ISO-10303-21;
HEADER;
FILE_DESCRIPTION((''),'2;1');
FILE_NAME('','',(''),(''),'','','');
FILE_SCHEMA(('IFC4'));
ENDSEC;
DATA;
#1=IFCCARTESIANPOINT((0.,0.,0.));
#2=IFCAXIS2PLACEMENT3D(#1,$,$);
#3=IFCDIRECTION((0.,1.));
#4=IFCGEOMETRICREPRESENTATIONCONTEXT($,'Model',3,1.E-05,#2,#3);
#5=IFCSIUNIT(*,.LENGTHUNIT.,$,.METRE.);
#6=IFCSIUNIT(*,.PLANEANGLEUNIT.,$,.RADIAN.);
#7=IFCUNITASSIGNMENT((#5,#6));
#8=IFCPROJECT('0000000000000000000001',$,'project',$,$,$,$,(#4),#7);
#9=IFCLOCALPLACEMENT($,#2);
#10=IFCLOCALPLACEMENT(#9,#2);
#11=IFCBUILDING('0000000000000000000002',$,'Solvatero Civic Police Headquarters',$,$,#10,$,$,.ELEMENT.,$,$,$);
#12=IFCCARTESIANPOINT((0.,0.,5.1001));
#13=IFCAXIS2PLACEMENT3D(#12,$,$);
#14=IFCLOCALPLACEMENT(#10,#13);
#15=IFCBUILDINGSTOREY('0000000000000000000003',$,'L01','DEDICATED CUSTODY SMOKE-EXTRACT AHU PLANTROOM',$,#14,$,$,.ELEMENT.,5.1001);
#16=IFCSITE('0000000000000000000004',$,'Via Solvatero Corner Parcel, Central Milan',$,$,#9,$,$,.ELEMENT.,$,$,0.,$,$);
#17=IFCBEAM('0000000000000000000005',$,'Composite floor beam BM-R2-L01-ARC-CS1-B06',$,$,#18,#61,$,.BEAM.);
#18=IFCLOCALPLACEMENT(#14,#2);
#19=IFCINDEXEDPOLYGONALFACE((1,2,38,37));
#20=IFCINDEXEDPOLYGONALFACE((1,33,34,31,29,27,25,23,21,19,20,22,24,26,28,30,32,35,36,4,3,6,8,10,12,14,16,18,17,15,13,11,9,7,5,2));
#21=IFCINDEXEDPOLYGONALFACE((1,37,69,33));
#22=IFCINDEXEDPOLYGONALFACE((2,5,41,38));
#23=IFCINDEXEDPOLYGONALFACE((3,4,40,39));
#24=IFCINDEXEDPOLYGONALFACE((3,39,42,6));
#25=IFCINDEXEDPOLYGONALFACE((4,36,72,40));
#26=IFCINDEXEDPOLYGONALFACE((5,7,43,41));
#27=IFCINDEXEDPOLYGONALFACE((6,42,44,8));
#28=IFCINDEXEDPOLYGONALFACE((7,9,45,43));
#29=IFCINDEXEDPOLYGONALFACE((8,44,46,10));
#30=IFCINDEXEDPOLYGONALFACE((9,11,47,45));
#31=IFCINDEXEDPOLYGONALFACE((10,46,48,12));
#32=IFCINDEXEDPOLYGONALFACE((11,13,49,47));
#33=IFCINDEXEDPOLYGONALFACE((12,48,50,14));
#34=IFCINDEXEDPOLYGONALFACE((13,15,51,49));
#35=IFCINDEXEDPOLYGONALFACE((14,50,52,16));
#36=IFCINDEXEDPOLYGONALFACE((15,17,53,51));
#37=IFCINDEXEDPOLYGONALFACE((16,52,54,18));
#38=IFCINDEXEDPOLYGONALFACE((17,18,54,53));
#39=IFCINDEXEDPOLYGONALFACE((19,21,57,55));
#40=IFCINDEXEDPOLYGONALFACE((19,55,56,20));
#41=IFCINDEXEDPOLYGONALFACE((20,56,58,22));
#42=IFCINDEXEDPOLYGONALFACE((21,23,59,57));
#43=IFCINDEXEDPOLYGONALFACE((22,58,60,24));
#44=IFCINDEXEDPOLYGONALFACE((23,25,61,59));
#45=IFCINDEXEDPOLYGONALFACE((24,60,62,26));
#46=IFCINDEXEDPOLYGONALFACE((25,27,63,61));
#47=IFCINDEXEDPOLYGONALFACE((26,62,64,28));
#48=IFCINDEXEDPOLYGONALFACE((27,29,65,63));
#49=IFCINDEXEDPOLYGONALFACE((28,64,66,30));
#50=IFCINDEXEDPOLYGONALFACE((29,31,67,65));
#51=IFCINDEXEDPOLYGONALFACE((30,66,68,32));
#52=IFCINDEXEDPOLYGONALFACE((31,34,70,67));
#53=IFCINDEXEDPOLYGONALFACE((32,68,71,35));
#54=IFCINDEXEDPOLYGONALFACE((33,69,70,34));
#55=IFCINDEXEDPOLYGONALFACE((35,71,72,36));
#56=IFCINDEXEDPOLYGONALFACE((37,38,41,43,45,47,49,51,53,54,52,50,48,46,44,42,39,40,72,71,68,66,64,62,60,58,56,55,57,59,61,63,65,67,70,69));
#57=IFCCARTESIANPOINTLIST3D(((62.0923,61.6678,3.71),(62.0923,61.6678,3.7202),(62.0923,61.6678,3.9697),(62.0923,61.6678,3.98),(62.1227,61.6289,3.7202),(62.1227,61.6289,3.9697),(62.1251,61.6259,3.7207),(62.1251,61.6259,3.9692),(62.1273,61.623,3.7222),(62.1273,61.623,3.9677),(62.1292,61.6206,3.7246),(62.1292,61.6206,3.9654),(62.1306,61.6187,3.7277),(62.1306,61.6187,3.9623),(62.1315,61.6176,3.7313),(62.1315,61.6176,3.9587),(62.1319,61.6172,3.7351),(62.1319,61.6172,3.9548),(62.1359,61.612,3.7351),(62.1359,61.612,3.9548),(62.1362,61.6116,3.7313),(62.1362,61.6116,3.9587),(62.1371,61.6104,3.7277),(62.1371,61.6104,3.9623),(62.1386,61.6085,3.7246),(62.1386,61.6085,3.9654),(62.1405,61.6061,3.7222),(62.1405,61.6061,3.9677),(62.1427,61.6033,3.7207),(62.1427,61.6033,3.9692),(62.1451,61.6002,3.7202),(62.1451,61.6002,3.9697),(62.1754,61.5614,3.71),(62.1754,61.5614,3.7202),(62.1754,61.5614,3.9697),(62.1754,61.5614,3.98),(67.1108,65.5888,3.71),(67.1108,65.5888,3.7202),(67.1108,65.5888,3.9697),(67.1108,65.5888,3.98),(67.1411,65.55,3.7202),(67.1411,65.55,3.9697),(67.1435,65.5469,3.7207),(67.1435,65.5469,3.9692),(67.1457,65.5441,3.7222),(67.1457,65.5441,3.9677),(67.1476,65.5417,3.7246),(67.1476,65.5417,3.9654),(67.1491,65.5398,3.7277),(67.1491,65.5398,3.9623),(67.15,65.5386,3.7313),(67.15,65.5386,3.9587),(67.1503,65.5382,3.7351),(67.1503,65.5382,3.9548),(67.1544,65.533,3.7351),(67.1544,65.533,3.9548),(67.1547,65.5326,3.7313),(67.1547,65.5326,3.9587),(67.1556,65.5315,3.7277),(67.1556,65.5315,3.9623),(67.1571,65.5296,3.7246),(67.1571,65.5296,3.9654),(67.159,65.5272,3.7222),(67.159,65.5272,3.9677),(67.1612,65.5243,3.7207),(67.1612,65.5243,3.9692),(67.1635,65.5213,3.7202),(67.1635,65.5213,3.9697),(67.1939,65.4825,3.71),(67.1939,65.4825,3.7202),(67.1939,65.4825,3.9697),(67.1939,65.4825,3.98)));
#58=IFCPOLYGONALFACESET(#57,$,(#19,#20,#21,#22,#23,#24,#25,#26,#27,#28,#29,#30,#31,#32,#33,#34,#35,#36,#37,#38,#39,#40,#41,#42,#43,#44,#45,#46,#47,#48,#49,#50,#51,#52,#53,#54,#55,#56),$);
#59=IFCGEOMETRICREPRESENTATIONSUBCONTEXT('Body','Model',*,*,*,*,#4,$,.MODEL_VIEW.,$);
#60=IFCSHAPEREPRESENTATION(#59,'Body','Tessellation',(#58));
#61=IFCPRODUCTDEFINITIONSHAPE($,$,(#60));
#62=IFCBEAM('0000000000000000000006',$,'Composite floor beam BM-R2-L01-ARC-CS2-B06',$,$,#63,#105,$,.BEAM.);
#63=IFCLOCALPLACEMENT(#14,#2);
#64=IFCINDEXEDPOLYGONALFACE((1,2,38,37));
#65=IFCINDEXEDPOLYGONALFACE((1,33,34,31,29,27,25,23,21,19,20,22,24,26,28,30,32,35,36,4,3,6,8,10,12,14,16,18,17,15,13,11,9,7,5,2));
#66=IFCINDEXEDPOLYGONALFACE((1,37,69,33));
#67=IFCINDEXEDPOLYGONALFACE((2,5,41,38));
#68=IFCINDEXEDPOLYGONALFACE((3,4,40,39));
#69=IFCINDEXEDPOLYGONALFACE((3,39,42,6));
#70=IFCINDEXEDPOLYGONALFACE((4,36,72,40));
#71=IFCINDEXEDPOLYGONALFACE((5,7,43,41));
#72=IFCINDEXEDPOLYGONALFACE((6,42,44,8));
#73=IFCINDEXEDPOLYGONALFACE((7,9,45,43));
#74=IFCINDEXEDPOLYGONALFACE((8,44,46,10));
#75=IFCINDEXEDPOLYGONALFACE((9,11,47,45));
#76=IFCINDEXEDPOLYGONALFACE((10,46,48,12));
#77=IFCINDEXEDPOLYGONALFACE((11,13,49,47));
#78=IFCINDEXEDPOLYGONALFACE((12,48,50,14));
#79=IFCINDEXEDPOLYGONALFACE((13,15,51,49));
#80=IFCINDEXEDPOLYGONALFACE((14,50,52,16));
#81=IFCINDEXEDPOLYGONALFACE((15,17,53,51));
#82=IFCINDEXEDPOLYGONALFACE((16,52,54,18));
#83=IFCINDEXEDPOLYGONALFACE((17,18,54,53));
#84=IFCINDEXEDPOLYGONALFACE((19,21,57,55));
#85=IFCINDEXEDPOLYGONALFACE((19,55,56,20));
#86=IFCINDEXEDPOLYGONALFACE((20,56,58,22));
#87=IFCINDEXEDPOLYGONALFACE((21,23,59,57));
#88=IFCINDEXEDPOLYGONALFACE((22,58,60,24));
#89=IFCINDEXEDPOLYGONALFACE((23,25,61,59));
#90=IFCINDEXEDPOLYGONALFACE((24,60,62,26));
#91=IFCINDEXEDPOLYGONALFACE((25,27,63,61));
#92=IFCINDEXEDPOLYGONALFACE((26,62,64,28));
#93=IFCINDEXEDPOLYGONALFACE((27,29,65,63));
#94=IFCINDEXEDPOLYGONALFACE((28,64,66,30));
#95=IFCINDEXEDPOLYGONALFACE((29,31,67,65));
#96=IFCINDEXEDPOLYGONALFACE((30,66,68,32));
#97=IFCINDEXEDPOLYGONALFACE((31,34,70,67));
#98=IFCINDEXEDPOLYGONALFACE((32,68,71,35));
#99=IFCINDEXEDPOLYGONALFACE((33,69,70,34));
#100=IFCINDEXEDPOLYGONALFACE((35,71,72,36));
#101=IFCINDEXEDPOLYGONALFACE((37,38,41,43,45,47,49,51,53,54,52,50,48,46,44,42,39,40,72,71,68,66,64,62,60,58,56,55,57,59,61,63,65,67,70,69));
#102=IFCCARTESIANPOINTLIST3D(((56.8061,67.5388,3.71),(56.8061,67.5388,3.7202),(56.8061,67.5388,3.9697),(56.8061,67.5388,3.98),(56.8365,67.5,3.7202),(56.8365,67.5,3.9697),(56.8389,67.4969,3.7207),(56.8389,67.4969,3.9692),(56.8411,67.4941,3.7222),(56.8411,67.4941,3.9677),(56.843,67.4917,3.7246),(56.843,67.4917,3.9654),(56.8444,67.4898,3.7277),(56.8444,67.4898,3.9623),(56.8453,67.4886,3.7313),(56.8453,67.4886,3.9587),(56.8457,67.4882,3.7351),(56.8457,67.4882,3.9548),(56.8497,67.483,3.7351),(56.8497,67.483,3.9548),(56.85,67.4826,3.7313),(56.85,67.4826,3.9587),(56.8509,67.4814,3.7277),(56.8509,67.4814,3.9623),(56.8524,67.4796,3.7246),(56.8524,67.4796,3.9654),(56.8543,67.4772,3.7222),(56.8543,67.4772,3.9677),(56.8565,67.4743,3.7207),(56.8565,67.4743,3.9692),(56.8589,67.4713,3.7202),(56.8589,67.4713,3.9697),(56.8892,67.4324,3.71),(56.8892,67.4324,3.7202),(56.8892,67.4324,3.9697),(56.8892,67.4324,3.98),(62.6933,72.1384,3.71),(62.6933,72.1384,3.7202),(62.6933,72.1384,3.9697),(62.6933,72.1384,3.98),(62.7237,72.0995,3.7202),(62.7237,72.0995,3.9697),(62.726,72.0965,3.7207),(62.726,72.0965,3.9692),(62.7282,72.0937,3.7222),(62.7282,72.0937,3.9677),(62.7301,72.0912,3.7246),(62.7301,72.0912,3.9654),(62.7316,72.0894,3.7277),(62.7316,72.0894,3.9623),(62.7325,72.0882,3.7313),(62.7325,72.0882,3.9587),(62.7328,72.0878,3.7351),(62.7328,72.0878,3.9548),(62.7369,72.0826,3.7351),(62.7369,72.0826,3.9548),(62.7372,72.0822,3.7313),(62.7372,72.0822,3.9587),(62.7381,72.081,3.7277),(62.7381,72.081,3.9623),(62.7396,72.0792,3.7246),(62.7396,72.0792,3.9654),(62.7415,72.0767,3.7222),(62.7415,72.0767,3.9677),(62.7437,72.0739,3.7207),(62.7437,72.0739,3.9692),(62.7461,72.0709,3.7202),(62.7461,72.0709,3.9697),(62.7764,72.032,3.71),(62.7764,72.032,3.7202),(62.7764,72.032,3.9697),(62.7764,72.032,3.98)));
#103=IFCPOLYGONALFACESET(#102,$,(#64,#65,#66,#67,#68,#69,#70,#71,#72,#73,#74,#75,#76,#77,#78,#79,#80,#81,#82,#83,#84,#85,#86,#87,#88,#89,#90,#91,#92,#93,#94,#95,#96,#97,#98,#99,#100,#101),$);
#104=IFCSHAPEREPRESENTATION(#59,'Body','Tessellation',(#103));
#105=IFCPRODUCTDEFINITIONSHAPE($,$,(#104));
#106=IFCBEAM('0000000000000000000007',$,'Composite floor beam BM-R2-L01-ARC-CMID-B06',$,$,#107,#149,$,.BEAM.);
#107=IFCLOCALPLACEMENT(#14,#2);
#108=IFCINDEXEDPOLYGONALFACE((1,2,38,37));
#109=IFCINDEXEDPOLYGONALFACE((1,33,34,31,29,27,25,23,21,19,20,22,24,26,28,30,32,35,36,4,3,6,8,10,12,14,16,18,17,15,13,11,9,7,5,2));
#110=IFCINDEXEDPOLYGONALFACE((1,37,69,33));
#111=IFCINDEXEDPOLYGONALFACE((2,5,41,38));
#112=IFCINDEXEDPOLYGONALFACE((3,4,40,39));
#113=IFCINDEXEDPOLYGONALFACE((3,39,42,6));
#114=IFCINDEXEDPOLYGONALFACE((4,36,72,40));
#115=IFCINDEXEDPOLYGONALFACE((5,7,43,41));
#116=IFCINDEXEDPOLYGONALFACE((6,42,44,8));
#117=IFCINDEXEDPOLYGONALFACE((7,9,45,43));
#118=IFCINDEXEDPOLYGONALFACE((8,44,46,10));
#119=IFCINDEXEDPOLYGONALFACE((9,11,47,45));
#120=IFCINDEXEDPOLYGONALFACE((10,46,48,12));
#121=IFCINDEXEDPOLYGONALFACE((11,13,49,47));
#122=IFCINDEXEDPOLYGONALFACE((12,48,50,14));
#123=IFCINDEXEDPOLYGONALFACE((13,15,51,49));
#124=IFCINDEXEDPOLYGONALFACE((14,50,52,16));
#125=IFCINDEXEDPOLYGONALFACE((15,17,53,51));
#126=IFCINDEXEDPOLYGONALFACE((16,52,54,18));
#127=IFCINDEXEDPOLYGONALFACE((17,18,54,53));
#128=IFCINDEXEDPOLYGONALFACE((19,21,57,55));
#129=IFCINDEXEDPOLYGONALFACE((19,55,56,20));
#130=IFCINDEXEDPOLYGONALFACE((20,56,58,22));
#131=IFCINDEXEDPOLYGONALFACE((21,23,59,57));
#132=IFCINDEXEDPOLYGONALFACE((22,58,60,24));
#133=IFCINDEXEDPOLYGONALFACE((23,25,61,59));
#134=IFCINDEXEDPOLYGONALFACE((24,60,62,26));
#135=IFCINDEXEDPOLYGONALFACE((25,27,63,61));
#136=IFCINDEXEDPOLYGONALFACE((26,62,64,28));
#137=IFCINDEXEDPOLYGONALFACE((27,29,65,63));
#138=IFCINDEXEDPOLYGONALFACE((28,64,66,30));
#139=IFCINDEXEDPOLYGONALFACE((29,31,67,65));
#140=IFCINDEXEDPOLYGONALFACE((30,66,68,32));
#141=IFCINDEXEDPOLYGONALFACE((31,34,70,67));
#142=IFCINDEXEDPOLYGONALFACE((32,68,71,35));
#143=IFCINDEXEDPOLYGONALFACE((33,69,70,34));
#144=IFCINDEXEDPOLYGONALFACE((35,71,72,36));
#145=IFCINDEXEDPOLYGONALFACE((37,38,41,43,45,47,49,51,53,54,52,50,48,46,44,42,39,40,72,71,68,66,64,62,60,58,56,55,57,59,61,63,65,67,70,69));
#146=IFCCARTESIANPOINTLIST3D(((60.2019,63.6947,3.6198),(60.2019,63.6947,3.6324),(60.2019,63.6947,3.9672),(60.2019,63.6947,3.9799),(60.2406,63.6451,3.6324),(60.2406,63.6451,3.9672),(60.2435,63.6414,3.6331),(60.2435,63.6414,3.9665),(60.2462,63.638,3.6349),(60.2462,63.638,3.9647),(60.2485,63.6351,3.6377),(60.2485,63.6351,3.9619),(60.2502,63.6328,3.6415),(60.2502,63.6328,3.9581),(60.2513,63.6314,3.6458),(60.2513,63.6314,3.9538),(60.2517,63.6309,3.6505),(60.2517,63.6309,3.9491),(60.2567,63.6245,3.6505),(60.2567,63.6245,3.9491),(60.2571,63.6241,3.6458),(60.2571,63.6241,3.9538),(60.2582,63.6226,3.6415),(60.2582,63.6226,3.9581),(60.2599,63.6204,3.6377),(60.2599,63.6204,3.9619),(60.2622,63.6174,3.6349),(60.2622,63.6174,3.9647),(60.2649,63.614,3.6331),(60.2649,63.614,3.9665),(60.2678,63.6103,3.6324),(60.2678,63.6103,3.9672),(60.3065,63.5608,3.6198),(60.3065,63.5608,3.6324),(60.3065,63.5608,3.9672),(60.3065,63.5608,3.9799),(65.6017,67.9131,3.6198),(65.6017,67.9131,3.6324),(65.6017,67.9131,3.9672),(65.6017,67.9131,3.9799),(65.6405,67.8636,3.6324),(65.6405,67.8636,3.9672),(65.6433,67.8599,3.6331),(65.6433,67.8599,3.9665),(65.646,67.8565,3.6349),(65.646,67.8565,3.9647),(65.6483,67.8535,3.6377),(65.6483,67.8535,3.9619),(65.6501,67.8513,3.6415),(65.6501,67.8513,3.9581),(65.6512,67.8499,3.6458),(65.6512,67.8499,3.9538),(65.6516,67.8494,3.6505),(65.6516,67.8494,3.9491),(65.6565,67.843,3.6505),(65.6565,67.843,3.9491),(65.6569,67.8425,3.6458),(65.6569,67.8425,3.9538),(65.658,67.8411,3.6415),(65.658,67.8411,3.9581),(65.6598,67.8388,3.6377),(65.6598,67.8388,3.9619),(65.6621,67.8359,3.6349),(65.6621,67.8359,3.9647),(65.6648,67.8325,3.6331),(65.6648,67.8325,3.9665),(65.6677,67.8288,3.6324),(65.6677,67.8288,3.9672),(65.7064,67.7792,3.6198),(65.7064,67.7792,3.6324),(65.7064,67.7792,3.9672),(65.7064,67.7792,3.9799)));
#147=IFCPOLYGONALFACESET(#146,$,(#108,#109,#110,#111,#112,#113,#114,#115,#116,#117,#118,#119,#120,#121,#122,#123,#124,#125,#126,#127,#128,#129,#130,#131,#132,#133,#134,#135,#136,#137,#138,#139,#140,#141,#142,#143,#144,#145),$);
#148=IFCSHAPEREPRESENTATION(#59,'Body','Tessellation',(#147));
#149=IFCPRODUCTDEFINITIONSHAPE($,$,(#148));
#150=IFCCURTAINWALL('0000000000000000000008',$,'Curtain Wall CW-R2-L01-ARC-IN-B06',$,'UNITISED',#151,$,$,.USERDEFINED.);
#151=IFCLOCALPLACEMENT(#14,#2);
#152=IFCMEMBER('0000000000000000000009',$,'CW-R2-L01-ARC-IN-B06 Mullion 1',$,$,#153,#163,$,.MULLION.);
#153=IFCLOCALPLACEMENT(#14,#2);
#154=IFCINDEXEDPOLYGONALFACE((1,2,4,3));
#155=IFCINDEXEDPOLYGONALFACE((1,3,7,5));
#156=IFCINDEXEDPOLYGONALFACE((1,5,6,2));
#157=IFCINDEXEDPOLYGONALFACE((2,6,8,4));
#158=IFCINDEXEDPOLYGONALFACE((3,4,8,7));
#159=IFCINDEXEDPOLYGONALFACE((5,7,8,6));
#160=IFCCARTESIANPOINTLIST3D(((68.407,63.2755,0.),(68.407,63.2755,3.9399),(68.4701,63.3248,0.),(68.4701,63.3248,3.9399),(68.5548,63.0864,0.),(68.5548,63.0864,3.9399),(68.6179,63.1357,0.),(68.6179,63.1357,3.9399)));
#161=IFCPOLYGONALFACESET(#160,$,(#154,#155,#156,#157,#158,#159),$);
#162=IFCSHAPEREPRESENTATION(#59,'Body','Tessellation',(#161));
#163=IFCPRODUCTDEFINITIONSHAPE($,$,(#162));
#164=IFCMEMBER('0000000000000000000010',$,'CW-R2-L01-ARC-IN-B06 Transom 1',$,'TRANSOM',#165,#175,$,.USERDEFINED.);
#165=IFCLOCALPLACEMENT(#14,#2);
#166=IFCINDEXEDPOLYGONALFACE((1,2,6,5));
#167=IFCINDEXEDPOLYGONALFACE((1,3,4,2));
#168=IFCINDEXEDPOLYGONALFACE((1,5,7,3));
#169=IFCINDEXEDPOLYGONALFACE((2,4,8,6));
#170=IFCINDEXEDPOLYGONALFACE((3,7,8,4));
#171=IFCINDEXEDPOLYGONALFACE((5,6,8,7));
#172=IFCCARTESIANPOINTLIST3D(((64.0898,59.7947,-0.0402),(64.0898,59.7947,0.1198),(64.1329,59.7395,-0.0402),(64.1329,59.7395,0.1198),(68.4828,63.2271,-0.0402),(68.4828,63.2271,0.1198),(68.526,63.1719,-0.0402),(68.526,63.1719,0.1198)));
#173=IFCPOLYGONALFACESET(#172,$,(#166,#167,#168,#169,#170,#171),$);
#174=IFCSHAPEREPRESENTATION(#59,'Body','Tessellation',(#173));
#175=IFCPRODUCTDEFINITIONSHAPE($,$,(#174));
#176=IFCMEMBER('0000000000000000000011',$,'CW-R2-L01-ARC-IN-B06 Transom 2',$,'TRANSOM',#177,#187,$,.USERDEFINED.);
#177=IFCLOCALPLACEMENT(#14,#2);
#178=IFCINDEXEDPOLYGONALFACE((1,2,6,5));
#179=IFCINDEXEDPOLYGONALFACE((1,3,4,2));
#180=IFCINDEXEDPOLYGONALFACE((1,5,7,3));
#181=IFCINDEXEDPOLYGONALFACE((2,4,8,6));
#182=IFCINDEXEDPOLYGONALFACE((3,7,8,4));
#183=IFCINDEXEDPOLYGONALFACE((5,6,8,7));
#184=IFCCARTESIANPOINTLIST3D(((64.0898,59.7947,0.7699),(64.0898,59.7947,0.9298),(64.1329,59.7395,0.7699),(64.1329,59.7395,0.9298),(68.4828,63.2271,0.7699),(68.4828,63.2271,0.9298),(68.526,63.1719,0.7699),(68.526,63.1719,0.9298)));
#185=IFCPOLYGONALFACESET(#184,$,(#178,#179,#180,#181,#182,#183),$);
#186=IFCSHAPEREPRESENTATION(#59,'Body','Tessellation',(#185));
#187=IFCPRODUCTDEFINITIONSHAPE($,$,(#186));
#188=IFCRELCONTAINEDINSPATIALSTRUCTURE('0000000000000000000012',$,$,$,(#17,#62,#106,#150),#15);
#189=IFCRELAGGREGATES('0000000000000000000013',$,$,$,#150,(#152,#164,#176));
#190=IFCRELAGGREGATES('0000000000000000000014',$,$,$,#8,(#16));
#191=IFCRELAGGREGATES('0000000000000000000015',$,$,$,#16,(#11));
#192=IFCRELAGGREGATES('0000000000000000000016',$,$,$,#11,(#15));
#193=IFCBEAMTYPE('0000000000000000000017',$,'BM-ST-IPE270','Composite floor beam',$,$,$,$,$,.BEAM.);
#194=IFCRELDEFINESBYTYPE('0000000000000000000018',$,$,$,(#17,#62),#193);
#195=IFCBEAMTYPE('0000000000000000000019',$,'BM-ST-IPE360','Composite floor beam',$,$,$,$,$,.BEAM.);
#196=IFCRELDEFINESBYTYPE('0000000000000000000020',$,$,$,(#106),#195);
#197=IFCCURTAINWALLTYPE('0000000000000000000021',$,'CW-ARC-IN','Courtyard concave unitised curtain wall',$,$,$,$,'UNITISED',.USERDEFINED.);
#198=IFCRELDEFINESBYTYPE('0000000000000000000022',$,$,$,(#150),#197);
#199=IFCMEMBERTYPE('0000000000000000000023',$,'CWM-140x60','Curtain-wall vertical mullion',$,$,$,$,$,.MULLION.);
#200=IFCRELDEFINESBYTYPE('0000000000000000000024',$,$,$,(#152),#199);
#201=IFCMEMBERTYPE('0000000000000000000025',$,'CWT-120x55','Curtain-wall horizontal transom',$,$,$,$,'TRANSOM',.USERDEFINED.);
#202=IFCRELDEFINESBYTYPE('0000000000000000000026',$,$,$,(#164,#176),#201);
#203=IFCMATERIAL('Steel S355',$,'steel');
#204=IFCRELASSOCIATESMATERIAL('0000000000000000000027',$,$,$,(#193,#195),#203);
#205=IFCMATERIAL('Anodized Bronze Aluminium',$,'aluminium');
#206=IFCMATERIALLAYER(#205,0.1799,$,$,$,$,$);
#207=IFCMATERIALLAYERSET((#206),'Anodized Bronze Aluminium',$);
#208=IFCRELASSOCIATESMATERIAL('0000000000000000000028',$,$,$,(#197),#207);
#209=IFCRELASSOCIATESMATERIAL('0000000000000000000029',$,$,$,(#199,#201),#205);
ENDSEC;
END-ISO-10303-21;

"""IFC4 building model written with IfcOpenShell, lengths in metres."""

from ifc_helpers import new_model, si_unit, direction, frame, origin, origin_2d, place, context, subcontext, project, spatial, rectangle, i_section, extrude, material, layer, layer_set, material_profile, profile_set, type_object, element, aggregate, save


model = new_model("IFC4")

# Units and contexts
model_context = context("Model", 3, precision=1e-05, world=origin(), true_north=direction((0.0, 1.0)))
body_context = subcontext(model_context, "Body", "Model", "MODEL_VIEW")
ifc_project = project(units=[si_unit("LENGTHUNIT", "METRE"), si_unit("PLANEANGLEUNIT", "RADIAN")], contexts=[model_context])

# Site, building, storey
site_placement = place(None, origin())
site = spatial("IfcSite", under=ifc_project, at=site_placement, Name="Via Solvatero Corner Parcel, Central Milan", CompositionType="ELEMENT", RefElevation=0.0)
building_placement = place(site_placement, origin())
building = spatial("IfcBuilding", under=site, at=building_placement, Name="Solvatero Civic Police Headquarters", CompositionType="ELEMENT")
storey_placement = place(building_placement, frame((0.0, 0.0, 5.1001)))
storey = spatial("IfcBuildingStorey", under=building, at=storey_placement, Name="L01", Description="DEDICATED CUSTODY SMOKE-EXTRACT AHU PLANTROOM", CompositionType="ELEMENT", Elevation=5.1001)

# Shared definitions
ifc_material_1 = material(Name="Steel S355", Category="steel")

# Beams
ifc_material_profile_1 = material_profile(ifc_material_1, i_section(OverallWidth=0.135, OverallDepth=0.27, WebThickness=0.0066, FlangeThickness=0.0103, FilletRadius=0.0149, at=origin_2d()), Name="IPE 270")
ifc_profile_set_1 = profile_set([ifc_material_profile_1], Name="Steel S355")
beam_type_1 = type_object("IfcBeamType", Name="BM-ST-IPE270", Description="Composite floor beam", PredefinedType="BEAM", material=ifc_profile_set_1)
beam_1_placement = place(storey_placement, frame((67.1523, 65.5356, 3.845), z_axis=(-0.787994, -0.615683, 0.0), x_axis=(0.615683, -0.787994, 0.0)))
element("IfcBeam", 1, at=beam_1_placement, inside=storey, type_object=beam_type_1, Name="Composite floor beam BM-R2-L01-ARC-CS1-B06", PredefinedType="BEAM", context=body_context, shape_type="SweptSolid", body=[
    extrude(i_section(OverallWidth=0.135, OverallDepth=0.27, WebThickness=0.0066, FlangeThickness=0.0103, FilletRadius=0.0149, at=origin_2d()), origin(), (0.0, 0.0, 1.0), 6.3687),
])
beam_2_placement = place(storey_placement, frame((62.7349, 72.0852, 3.845), z_axis=(-0.78801, -0.615663, 0.0), x_axis=(0.615663, -0.78801, 0.0)))
element("IfcBeam", 2, at=beam_2_placement, inside=storey, type_object=beam_type_1, Name="Composite floor beam BM-R2-L01-ARC-CS2-B06", PredefinedType="BEAM", context=body_context, shape_type="SweptSolid", body=[
    extrude(i_section(OverallWidth=0.135, OverallDepth=0.27, WebThickness=0.0066, FlangeThickness=0.0103, FilletRadius=0.0149, at=origin_2d()), origin(), (0.0, 0.0, 1.0), 7.4709),
])
ifc_material_profile_2 = material_profile(ifc_material_1, i_section(OverallWidth=0.1699, OverallDepth=0.3601, WebThickness=0.0081, FlangeThickness=0.0127, FilletRadius=0.0181, at=origin_2d()), Name="IPE 360")
ifc_profile_set_2 = profile_set([ifc_material_profile_2], Name="Steel S355")
beam_type_2 = type_object("IfcBeamType", Name="BM-ST-IPE360", Description="Composite floor beam", PredefinedType="BEAM", material=ifc_profile_set_2)
beam_3_placement = place(storey_placement, frame((65.6541, 67.8462, 3.7998), z_axis=(-0.788036, -0.615629, 0.0), x_axis=(0.615629, -0.788036, 0.0)))
element("IfcBeam", 3, at=beam_3_placement, inside=storey, type_object=beam_type_2, Name="Composite floor beam BM-R2-L01-ARC-CMID-B06", PredefinedType="BEAM", context=body_context, shape_type="SweptSolid", body=[
    extrude(i_section(OverallWidth=0.1699, OverallDepth=0.3601, WebThickness=0.0081, FlangeThickness=0.0127, FilletRadius=0.0181, at=origin_2d()), origin(), (0.0, 0.0, 1.0), 6.8523),
])

# Curtain wall, members
ifc_material_2 = material(Name="Anodized Bronze Aluminium", Category="aluminium")
ifc_layer_1 = layer(ifc_material_2, 0.1799)
ifc_layer_set_1 = layer_set([ifc_layer_1], Name="Anodized Bronze Aluminium")
curtain_wall_type = type_object("IfcCurtainWallType", Name="CW-ARC-IN", Description="Courtyard concave unitised curtain wall", ElementType="UNITISED", PredefinedType="USERDEFINED", material=ifc_layer_set_1)
curtain_wall_placement = place(storey_placement, origin())
curtain_wall = element("IfcCurtainWall", 4, at=curtain_wall_placement, inside=storey, type_object=curtain_wall_type, Name="Curtain Wall CW-R2-L01-ARC-IN-B06", ObjectType="UNITISED", PredefinedType="USERDEFINED")
ifc_material_profile_3 = material_profile(ifc_material_2, rectangle(XDim=0.0801, YDim=0.24, at=origin_2d()), Name="ALU MULLION 80x240")
ifc_profile_set_3 = profile_set([ifc_material_profile_3], Name="Anodized Bronze Aluminium")
member_type_1 = type_object("IfcMemberType", Name="CWM-140x60", Description="Curtain-wall vertical mullion", PredefinedType="MULLION", material=ifc_profile_set_3)
member_1_placement = place(storey_placement, frame((68.5125, 63.2056, 0.0), z_axis=(0.0, 0.0, 1.0), x_axis=(-0.788011, -0.615661, 0.0)))
member_1 = element("IfcMember", 5, at=member_1_placement, type_object=member_type_1, Name="CW-R2-L01-ARC-IN-B06 Mullion 1", PredefinedType="MULLION", context=body_context, shape_type="SweptSolid", body=[
    extrude(rectangle(XDim=0.0801, YDim=0.24, at=origin_2d()), origin(), (0.0, 0.0, 1.0), 3.9399),
])
ifc_material_profile_4 = material_profile(ifc_material_2, rectangle(XDim=0.0701, YDim=0.1599, at=origin_2d()), Name="ALU TRANSOM 70x160")
ifc_profile_set_4 = profile_set([ifc_material_profile_4], Name="Anodized Bronze Aluminium")
member_type_2 = type_object("IfcMemberType", Name="CWT-120x55", Description="Curtain-wall horizontal transom", ElementType="TRANSOM", PredefinedType="USERDEFINED", material=ifc_profile_set_4)
member_2_placement = place(storey_placement, frame((68.5044, 63.1995, 0.0398), z_axis=(-0.787999, -0.615676, 0.0), x_axis=(0.615676, -0.787999, 0.0)))
member_2 = element("IfcMember", 6, at=member_2_placement, type_object=member_type_2, Name="CW-R2-L01-ARC-IN-B06 Transom 1", ObjectType="TRANSOM", PredefinedType="USERDEFINED", context=body_context, shape_type="SweptSolid", body=[
    extrude(rectangle(XDim=0.0701, YDim=0.1599, at=origin_2d()), origin(), (0.0, 0.0, 1.0), 5.575),
])
member_3_placement = place(storey_placement, frame((68.5044, 63.1995, 0.8499), z_axis=(-0.787999, -0.615676, 0.0), x_axis=(0.615676, -0.787999, 0.0)))
member_3 = element("IfcMember", 7, at=member_3_placement, type_object=member_type_2, Name="CW-R2-L01-ARC-IN-B06 Transom 2", ObjectType="TRANSOM", PredefinedType="USERDEFINED", context=body_context, shape_type="SweptSolid", body=[
    extrude(rectangle(XDim=0.0701, YDim=0.1599, at=origin_2d()), origin(), (0.0, 0.0, 1.0), 5.575),
])

aggregate(curtain_wall, [member_1, member_2, member_3])

save(model, "model.ifc")
